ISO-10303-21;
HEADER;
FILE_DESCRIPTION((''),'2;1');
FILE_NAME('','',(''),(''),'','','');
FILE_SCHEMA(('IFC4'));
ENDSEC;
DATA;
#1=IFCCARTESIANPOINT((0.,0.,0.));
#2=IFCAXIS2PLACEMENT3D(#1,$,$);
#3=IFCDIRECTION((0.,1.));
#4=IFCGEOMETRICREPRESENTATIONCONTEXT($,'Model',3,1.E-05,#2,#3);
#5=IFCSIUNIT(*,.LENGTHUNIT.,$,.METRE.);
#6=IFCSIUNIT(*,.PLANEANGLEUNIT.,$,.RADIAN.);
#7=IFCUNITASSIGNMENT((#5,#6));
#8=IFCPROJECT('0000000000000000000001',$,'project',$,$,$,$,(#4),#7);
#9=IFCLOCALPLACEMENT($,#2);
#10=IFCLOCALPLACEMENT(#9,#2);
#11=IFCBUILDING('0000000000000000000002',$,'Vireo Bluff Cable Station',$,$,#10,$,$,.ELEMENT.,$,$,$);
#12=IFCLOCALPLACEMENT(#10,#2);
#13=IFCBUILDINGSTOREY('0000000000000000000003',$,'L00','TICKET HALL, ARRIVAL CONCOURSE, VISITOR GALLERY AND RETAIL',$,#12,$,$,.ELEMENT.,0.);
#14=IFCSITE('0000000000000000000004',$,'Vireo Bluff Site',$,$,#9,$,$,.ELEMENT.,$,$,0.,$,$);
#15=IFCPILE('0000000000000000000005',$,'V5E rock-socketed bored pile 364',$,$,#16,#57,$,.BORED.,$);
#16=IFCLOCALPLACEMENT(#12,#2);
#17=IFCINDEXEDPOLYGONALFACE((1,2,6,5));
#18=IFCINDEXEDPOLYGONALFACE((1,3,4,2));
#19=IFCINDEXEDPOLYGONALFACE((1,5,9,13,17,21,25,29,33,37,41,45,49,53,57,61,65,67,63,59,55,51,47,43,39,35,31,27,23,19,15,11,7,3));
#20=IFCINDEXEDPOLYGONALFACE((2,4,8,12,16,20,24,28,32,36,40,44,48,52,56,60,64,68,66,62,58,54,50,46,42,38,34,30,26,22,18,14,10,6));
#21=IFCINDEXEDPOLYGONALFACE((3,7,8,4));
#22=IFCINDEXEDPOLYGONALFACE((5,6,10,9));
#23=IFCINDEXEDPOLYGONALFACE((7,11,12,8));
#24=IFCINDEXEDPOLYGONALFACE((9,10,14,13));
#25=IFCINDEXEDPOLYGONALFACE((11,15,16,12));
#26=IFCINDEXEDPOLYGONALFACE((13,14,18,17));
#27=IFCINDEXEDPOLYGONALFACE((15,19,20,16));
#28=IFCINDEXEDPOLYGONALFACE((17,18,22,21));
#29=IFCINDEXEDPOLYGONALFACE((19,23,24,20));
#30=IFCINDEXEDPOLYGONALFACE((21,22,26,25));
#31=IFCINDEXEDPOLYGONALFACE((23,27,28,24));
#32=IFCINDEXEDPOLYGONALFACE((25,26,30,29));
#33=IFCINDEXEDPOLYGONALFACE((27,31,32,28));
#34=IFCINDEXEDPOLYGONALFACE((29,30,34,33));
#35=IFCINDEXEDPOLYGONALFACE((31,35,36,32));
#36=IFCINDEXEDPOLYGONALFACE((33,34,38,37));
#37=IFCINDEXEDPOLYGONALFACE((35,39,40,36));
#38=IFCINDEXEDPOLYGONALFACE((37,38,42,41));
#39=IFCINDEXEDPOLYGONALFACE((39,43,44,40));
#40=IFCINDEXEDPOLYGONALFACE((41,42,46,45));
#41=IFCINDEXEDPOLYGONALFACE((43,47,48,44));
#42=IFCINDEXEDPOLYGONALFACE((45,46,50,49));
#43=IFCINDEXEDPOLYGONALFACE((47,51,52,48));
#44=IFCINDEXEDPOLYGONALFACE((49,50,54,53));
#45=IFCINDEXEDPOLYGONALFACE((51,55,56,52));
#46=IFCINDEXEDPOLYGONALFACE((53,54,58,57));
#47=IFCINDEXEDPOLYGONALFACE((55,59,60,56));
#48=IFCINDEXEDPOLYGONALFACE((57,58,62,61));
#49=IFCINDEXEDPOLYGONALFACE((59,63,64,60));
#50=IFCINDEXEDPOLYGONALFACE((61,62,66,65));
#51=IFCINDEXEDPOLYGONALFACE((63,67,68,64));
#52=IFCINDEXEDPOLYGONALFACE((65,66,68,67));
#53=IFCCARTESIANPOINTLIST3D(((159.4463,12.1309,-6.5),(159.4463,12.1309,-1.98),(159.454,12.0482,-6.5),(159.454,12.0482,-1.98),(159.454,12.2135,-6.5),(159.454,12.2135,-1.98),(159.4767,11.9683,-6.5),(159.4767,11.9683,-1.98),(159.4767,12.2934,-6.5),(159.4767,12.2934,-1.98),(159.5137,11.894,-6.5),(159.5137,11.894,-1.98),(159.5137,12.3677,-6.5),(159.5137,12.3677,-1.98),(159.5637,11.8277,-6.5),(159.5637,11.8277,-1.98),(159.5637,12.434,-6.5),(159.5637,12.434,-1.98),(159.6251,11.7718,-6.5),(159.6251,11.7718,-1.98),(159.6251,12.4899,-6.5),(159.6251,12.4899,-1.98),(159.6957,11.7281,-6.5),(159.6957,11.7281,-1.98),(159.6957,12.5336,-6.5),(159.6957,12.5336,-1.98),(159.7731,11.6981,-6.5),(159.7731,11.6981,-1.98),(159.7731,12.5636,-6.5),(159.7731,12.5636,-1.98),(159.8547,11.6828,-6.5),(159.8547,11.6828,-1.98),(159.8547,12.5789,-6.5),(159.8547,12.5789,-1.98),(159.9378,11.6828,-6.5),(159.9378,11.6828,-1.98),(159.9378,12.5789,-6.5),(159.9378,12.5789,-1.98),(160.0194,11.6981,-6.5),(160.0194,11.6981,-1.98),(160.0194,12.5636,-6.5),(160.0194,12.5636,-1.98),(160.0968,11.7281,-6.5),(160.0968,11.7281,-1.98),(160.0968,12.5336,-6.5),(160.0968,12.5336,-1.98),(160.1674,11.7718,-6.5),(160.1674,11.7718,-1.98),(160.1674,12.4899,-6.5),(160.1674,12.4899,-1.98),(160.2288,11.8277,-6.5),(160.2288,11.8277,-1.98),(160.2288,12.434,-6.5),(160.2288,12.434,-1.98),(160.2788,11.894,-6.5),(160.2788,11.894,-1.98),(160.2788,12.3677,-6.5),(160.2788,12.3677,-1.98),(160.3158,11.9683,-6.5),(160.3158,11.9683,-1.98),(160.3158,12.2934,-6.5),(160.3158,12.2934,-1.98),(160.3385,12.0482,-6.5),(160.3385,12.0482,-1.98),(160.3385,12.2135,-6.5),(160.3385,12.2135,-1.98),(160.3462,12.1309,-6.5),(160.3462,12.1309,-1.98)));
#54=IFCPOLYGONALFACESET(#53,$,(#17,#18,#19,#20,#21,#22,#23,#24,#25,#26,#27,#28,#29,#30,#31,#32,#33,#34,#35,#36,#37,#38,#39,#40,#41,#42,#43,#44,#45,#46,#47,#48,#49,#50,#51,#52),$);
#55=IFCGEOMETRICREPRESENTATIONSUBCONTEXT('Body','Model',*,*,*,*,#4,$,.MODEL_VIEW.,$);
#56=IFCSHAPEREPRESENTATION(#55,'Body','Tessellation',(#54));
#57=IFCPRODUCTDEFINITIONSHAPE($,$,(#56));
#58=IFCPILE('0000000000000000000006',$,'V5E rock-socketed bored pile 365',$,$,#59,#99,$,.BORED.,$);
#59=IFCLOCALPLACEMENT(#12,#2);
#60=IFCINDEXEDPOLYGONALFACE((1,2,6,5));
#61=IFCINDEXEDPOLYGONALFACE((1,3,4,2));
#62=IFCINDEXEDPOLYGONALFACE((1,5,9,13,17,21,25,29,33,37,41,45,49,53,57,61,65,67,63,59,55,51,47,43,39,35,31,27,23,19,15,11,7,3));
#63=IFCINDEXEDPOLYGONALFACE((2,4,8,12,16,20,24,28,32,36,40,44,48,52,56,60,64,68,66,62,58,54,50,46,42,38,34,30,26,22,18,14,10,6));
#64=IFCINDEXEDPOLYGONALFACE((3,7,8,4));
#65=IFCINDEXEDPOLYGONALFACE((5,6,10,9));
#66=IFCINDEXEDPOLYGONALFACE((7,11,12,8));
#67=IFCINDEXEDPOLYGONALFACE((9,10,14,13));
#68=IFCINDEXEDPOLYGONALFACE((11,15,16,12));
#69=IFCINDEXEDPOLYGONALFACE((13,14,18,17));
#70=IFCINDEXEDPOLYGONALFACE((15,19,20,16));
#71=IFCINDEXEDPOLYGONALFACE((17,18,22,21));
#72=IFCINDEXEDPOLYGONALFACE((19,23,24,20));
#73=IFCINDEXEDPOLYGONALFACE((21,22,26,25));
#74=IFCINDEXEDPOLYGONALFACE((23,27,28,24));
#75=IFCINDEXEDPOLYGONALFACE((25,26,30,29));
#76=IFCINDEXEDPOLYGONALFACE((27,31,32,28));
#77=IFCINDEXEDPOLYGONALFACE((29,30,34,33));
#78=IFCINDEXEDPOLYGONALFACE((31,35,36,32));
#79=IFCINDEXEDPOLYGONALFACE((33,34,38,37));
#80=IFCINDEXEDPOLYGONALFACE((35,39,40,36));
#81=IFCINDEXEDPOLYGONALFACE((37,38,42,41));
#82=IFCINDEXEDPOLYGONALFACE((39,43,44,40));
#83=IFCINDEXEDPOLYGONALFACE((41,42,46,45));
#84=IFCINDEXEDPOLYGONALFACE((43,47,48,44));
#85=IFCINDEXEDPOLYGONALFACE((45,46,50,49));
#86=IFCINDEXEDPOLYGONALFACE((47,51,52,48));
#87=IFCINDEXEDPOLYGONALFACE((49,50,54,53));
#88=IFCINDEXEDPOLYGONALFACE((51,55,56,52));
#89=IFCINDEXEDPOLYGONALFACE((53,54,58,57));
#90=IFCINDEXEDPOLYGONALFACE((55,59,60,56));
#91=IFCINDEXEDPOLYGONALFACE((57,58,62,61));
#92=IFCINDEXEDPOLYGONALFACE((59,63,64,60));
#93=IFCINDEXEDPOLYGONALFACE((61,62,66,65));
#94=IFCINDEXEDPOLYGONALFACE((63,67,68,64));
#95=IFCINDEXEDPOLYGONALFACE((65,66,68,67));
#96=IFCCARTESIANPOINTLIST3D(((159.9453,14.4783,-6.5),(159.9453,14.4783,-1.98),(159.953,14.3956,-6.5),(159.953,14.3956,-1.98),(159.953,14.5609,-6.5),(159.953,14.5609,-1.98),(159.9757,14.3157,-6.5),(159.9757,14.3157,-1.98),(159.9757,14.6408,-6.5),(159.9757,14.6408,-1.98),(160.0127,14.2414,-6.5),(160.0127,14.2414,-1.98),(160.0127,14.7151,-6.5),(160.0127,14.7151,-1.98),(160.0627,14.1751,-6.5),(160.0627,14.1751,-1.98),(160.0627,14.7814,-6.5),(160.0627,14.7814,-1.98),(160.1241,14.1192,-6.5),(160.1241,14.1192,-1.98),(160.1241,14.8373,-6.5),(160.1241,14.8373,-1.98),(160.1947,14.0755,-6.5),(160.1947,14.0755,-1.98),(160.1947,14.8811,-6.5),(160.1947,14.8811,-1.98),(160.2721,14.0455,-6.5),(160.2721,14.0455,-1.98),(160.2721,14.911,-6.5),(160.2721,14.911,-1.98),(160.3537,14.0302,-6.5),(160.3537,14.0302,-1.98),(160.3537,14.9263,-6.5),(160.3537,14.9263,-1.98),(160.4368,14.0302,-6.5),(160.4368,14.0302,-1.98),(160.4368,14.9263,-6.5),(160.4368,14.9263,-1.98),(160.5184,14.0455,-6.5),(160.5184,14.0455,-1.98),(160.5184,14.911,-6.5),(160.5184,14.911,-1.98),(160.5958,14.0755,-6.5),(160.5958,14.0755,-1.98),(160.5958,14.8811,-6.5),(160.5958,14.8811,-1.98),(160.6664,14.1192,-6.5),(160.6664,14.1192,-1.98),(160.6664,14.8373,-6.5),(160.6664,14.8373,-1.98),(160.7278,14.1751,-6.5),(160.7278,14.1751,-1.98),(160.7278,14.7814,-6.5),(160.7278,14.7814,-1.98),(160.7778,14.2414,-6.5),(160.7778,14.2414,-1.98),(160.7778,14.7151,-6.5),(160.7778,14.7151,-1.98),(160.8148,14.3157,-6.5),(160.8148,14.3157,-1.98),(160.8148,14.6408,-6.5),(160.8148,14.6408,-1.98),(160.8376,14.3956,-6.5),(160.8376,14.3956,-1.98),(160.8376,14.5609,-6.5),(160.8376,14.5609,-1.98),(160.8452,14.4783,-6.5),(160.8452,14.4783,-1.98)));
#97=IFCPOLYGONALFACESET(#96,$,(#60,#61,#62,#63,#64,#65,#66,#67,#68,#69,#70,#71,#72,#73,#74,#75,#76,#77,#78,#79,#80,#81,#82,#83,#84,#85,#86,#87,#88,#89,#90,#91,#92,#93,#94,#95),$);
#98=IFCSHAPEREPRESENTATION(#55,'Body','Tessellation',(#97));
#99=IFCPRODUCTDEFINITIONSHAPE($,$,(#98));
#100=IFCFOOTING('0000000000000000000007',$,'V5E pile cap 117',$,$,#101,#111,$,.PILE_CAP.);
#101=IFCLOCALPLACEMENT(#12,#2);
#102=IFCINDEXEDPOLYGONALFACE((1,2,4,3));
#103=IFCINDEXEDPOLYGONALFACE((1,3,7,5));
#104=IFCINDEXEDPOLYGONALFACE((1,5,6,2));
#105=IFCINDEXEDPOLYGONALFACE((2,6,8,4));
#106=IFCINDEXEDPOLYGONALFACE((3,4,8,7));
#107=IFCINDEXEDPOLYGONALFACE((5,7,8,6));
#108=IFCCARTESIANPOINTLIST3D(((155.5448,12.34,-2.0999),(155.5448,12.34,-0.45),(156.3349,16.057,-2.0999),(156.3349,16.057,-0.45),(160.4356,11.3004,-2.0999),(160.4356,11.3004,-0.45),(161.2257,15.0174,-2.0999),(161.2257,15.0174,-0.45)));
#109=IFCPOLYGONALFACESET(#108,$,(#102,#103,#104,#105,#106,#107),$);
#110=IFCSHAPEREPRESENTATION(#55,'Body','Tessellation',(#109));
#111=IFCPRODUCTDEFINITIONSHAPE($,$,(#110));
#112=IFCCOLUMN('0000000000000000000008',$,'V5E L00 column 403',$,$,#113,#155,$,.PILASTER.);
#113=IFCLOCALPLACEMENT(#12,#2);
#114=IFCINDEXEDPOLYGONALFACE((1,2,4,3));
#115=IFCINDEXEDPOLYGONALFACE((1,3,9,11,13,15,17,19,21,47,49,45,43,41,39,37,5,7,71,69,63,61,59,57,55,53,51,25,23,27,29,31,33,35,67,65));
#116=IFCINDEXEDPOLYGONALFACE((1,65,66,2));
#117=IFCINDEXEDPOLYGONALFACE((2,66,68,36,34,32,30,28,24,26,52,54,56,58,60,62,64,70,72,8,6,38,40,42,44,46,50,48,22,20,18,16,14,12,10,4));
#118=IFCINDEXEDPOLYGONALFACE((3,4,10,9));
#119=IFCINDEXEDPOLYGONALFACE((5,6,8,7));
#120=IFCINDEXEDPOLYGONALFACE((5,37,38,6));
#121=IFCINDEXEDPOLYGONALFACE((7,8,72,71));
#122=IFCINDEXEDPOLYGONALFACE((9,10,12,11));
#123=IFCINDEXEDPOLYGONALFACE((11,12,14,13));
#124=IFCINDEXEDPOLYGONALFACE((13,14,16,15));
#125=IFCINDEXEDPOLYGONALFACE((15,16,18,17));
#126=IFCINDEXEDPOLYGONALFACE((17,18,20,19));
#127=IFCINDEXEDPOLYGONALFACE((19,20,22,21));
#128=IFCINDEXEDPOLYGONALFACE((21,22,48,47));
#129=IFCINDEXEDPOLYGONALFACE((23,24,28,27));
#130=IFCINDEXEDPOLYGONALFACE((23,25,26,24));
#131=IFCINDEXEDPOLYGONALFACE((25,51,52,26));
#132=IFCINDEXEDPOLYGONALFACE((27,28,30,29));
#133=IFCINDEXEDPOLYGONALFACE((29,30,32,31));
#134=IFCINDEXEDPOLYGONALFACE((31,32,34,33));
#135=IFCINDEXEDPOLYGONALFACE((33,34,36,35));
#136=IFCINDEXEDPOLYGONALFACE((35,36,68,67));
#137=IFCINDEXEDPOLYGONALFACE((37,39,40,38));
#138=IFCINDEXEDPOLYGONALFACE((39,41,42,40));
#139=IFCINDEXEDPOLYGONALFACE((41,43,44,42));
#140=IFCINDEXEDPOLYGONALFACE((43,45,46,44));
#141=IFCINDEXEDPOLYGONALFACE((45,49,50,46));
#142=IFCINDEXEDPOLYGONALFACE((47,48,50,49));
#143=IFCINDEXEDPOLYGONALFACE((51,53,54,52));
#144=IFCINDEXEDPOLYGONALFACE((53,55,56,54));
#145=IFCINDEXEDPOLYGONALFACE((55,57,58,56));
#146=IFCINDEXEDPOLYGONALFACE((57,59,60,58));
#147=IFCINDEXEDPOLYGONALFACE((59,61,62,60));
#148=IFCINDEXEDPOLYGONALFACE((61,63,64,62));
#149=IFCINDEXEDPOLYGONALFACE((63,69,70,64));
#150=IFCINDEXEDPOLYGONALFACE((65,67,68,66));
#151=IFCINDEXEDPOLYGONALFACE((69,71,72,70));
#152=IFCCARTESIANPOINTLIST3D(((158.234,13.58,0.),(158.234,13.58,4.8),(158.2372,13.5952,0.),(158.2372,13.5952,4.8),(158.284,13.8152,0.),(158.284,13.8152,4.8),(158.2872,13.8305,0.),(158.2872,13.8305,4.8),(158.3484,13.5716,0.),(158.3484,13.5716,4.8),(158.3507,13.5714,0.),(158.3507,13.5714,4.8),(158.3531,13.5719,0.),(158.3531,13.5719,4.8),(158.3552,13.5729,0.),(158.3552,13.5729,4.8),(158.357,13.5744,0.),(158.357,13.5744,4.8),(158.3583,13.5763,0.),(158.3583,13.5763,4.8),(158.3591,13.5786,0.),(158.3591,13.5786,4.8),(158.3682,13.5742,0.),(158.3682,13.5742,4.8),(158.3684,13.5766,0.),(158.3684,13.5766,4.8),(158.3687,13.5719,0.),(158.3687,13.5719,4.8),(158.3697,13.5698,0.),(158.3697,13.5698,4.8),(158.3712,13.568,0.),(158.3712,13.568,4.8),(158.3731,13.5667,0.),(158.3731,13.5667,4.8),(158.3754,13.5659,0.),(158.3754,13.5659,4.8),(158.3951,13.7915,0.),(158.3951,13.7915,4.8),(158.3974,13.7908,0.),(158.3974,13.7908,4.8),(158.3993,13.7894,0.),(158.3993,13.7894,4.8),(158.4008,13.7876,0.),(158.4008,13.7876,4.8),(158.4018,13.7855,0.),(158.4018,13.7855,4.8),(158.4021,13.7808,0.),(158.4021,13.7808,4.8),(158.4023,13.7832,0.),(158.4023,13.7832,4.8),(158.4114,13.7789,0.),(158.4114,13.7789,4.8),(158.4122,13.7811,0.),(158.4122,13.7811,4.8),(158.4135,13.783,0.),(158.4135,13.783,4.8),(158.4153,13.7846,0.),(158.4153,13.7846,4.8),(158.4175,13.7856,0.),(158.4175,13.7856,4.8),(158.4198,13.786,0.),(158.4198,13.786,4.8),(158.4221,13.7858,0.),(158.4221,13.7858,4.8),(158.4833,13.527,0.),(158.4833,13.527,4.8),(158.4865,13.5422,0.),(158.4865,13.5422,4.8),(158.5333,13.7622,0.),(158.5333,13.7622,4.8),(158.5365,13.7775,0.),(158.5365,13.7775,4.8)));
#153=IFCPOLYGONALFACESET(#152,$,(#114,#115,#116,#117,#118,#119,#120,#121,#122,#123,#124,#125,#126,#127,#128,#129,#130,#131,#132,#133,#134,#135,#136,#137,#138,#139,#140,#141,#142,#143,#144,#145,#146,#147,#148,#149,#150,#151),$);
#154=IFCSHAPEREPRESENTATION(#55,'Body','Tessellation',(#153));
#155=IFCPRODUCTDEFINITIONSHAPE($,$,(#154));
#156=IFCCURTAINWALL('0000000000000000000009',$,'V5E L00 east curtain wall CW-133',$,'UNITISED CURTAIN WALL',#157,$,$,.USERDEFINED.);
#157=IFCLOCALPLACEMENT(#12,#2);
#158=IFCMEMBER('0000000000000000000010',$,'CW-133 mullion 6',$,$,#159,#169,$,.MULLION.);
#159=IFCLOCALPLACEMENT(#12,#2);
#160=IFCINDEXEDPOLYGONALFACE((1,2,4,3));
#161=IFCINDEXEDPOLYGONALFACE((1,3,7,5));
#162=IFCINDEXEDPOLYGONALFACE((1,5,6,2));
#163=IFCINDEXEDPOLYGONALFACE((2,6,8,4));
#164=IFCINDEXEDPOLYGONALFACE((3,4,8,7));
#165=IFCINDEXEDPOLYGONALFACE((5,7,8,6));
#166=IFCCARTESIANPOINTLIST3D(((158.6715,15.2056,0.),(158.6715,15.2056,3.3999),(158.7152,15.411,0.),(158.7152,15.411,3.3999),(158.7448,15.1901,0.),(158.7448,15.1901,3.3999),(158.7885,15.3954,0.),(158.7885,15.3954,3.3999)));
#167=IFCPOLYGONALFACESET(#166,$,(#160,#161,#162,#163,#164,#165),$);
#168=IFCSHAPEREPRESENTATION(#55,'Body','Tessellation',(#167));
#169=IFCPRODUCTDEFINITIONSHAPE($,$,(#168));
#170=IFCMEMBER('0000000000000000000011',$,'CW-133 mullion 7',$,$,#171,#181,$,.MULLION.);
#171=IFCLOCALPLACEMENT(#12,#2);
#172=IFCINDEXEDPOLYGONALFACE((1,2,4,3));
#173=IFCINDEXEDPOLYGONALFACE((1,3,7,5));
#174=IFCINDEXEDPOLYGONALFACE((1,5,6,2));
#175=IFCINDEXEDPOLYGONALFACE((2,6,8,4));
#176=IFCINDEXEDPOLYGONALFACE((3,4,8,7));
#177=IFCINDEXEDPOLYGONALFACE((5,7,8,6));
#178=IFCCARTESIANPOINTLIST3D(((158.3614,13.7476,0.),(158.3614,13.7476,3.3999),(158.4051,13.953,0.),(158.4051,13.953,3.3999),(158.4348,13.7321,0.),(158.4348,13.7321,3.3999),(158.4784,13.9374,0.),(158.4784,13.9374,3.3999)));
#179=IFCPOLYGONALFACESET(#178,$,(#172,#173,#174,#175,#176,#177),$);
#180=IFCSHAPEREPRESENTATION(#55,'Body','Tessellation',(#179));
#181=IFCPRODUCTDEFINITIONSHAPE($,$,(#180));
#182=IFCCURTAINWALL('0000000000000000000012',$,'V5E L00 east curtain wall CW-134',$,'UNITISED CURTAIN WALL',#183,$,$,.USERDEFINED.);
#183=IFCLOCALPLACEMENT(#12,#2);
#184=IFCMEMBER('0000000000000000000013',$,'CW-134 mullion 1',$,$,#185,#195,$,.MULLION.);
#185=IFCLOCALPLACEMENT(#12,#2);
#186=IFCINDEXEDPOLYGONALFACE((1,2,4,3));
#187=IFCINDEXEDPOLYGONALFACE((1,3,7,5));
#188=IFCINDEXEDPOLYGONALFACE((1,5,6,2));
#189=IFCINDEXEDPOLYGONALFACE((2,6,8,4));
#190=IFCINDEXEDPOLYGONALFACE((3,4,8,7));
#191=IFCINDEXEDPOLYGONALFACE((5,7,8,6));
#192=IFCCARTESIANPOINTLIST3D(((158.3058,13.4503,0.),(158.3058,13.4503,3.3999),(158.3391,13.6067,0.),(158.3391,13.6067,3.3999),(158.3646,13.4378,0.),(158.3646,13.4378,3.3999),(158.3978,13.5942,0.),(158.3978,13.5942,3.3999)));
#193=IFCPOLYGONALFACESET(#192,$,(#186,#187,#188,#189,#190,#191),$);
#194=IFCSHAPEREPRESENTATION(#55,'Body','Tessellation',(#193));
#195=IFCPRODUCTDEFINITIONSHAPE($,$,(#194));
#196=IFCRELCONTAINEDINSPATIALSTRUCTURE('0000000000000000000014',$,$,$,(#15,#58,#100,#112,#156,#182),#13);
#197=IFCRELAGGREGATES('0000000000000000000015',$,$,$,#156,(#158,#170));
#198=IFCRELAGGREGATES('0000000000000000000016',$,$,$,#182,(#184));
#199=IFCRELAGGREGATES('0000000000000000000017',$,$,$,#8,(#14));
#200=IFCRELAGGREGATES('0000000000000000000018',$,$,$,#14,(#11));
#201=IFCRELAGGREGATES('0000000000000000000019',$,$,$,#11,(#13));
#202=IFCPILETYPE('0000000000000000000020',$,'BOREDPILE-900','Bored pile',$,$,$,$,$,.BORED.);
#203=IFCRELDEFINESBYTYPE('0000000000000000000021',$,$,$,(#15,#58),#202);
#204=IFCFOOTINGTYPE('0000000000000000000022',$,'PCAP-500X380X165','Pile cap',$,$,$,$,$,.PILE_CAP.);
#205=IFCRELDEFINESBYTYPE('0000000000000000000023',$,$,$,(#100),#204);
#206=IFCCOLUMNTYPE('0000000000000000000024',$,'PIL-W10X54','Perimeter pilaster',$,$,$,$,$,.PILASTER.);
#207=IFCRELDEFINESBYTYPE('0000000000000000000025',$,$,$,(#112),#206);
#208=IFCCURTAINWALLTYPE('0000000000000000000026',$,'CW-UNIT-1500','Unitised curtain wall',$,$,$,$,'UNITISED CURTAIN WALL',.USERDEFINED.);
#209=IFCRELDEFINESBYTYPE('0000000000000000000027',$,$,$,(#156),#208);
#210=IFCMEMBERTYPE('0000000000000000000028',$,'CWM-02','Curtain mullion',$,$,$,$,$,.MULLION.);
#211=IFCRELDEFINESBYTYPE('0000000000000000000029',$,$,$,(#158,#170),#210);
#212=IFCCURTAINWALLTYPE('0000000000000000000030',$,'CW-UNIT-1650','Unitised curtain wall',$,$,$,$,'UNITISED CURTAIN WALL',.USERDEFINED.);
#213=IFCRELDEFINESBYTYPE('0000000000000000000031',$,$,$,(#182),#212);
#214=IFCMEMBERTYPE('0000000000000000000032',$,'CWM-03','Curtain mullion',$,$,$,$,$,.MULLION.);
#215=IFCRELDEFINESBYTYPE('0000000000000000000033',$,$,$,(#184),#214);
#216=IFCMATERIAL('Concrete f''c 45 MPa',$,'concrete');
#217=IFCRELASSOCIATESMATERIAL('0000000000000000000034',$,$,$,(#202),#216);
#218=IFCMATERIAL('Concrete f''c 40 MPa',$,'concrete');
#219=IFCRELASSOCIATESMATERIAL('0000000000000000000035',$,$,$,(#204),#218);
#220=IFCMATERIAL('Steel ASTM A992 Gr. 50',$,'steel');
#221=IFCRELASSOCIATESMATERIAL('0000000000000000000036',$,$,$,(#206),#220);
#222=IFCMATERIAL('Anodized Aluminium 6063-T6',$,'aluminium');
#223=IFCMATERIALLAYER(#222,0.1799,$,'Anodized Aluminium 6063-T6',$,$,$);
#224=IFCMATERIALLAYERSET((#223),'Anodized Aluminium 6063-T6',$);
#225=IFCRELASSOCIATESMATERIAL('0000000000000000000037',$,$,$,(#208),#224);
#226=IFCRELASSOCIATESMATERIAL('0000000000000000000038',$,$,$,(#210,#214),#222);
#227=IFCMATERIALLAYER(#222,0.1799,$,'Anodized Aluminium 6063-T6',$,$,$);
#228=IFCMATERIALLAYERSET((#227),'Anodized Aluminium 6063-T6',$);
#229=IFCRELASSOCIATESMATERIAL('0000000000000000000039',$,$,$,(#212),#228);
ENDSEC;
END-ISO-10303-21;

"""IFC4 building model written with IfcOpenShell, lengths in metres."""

from ifc_helpers import new_model, si_unit, direction, frame, origin, origin_2d, place, context, subcontext, project, spatial, rectangle, circle, i_section, extrude, material, layer, layer_set, material_profile, profile_set, type_object, element, aggregate, save


model = new_model("IFC4")

# Units and contexts
model_context = context("Model", 3, precision=1e-05, world=origin(), true_north=direction((0.0, 1.0)))
body_context = subcontext(model_context, "Body", "Model", "MODEL_VIEW")
ifc_project = project(units=[si_unit("LENGTHUNIT", "METRE"), si_unit("PLANEANGLEUNIT", "RADIAN")], contexts=[model_context])

# Site, building, storey
site_placement = place(None, origin())
site = spatial("IfcSite", under=ifc_project, at=site_placement, Name="Vireo Bluff Site", CompositionType="ELEMENT", RefElevation=0.0)
building_placement = place(site_placement, origin())
building = spatial("IfcBuilding", under=site, at=building_placement, Name="Vireo Bluff Cable Station", CompositionType="ELEMENT")
storey_placement = place(building_placement, origin())
storey = spatial("IfcBuildingStorey", under=building, at=storey_placement, Name="L00", Description="TICKET HALL, ARRIVAL CONCOURSE, VISITOR GALLERY AND RETAIL", CompositionType="ELEMENT", Elevation=0.0)

# Piles
ifc_material_1 = material(Name="Concrete f'c 45 MPa", Category="concrete")
ifc_material_profile_1 = material_profile(ifc_material_1, circle(Radius=0.45, at=origin_2d()), Name="BOREDPILE-900")
ifc_profile_set_1 = profile_set([ifc_material_profile_1], Name="Concrete f'c 45 MPa")
pile_type = type_object("IfcPileType", Name="BOREDPILE-900", Description="Bored pile", PredefinedType="BORED", material=ifc_profile_set_1)
for number, where, z_axis, x_axis, name in (
    (1, (159.8962, 12.1309, -1.98), (0.0, 0.0, -1.0), (1.0, 0.0, 0.0), "V5E rock-socketed bored pile 364"),
    (2, (160.3953, 14.4783, -1.98), (0.0, 0.0, -1.0), (1.0, 0.0, 0.0), "V5E rock-socketed bored pile 365"),
):
    element("IfcPile", number, at=place(storey_placement, frame(where, z_axis=z_axis, x_axis=x_axis)), inside=storey, type_object=pile_type, Name=name, PredefinedType="BORED", context=body_context, shape_type="SweptSolid", body=[
        extrude(circle(Radius=0.45, at=origin_2d()), origin(), (0.0, 0.0, 1.0), 4.52),
    ])

# Footing
ifc_material_2 = material(Name="Concrete f'c 40 MPa", Category="concrete")
footing_type = type_object("IfcFootingType", Name="PCAP-500X380X165", Description="Pile cap", PredefinedType="PILE_CAP", material=ifc_material_2)
footing_placement = place(storey_placement, frame((158.3853, 13.6787, -2.0999), z_axis=(0.0, 0.0, 1.0), x_axis=(0.978148, -0.207912, 0.0)))
element("IfcFooting", 3, at=footing_placement, inside=storey, type_object=footing_type, Name="V5E pile cap 117", PredefinedType="PILE_CAP", context=body_context, shape_type="SweptSolid", body=[
    extrude(rectangle(XDim=5.0, YDim=3.8, at=origin_2d()), origin(), (0.0, 0.0, 1.0), 1.6499),
])

# Column
ifc_material_3 = material(Name="Steel ASTM A992 Gr. 50", Category="steel")
ifc_material_profile_2 = material_profile(ifc_material_3, i_section(OverallWidth=0.2549, OverallDepth=0.2561, WebThickness=0.0095, FlangeThickness=0.0156, FilletRadius=0.009, at=origin_2d()), Name="W10X54")
ifc_profile_set_2 = profile_set([ifc_material_profile_2], Name="Steel ASTM A992 Gr. 50")
column_type = type_object("IfcColumnType", Name="PIL-W10X54", Description="Perimeter pilaster", PredefinedType="PILASTER", material=ifc_profile_set_2)
column_placement = place(storey_placement, frame((158.3853, 13.6787, 0.0), z_axis=(0.0, 0.0, 1.0), x_axis=(0.978148, -0.207912, 0.0)))
element("IfcColumn", 4, at=column_placement, inside=storey, type_object=column_type, Name="V5E L00 column 403", PredefinedType="PILASTER", context=body_context, shape_type="SweptSolid", body=[
    extrude(i_section(OverallWidth=0.2549, OverallDepth=0.2561, WebThickness=0.0095, FlangeThickness=0.0156, FilletRadius=0.009, at=origin_2d()), origin(), (0.0, 0.0, 1.0), 4.8),
])

# Curtain walls, members
ifc_material_4 = material(Name="Anodized Aluminium 6063-T6", Category="aluminium")
ifc_layer_1 = layer(ifc_material_4, 0.1799, Name="Anodized Aluminium 6063-T6")
ifc_layer_set_1 = layer_set([ifc_layer_1], Name="Anodized Aluminium 6063-T6")
curtain_wall_type_1 = type_object("IfcCurtainWallType", Name="CW-UNIT-1500", Description="Unitised curtain wall", ElementType="UNITISED CURTAIN WALL", PredefinedType="USERDEFINED", material=ifc_layer_set_1)
curtain_wall_1_placement = place(storey_placement, origin())
curtain_wall_1 = element("IfcCurtainWall", 5, at=curtain_wall_1_placement, inside=storey, type_object=curtain_wall_type_1, Name="V5E L00 east curtain wall CW-133", ObjectType="UNITISED CURTAIN WALL", PredefinedType="USERDEFINED")
ifc_material_profile_3 = material_profile(ifc_material_4, rectangle(XDim=0.075, YDim=0.21, at=origin_2d()), Name="ALU-M-75X210")
ifc_profile_set_3 = profile_set([ifc_material_profile_3], Name="Anodized Aluminium 6063-T6")
member_type_1 = type_object("IfcMemberType", Name="CWM-02", Description="Curtain mullion", PredefinedType="MULLION", material=ifc_profile_set_3)
member_1_placement = place(storey_placement, frame((158.73, 15.3005, 0.0), z_axis=(0.0, 0.0, 1.0), x_axis=(0.978148, -0.207912, 0.0)))
member_1 = element("IfcMember", 6, at=member_1_placement, type_object=member_type_1, Name="CW-133 mullion 6", PredefinedType="MULLION", context=body_context, shape_type="SweptSolid", body=[
    extrude(rectangle(XDim=0.075, YDim=0.21, at=origin_2d()), origin(), (0.0, 0.0, 1.0), 3.3999),
])
member_2_placement = place(storey_placement, frame((158.4199, 13.8425, 0.0), z_axis=(0.0, 0.0, 1.0), x_axis=(0.978148, -0.207912, 0.0)))
member_2 = element("IfcMember", 7, at=member_2_placement, type_object=member_type_1, Name="CW-133 mullion 7", PredefinedType="MULLION", context=body_context, shape_type="SweptSolid", body=[
    extrude(rectangle(XDim=0.075, YDim=0.21, at=origin_2d()), origin(), (0.0, 0.0, 1.0), 3.3999),
])
ifc_layer_2 = layer(ifc_material_4, 0.1799, Name="Anodized Aluminium 6063-T6")
ifc_layer_set_2 = layer_set([ifc_layer_2], Name="Anodized Aluminium 6063-T6")
curtain_wall_type_2 = type_object("IfcCurtainWallType", Name="CW-UNIT-1650", Description="Unitised curtain wall", ElementType="UNITISED CURTAIN WALL", PredefinedType="USERDEFINED", material=ifc_layer_set_2)
curtain_wall_2_placement = place(storey_placement, origin())
curtain_wall_2 = element("IfcCurtainWall", 8, at=curtain_wall_2_placement, inside=storey, type_object=curtain_wall_type_2, Name="V5E L00 east curtain wall CW-134", ObjectType="UNITISED CURTAIN WALL", PredefinedType="USERDEFINED")
ifc_material_profile_4 = material_profile(ifc_material_4, rectangle(XDim=0.0601, YDim=0.1599, at=origin_2d()), Name="ALU-M-60X160")
ifc_profile_set_4 = profile_set([ifc_material_profile_4], Name="Anodized Aluminium 6063-T6")
member_type_2 = type_object("IfcMemberType", Name="CWM-03", Description="Curtain mullion", PredefinedType="MULLION", material=ifc_profile_set_4)
member_3_placement = place(storey_placement, frame((158.3518, 13.5222, 0.0), z_axis=(0.0, 0.0, 1.0), x_axis=(0.978148, -0.207912, 0.0)))
member_3 = element("IfcMember", 9, at=member_3_placement, type_object=member_type_2, Name="CW-134 mullion 1", PredefinedType="MULLION", context=body_context, shape_type="SweptSolid", body=[
    extrude(rectangle(XDim=0.0601, YDim=0.1599, at=origin_2d()), origin(), (0.0, 0.0, 1.0), 3.3999),
])

aggregate(curtain_wall_1, [member_1, member_2])
aggregate(curtain_wall_2, [member_3])

save(model, "model.ifc")
